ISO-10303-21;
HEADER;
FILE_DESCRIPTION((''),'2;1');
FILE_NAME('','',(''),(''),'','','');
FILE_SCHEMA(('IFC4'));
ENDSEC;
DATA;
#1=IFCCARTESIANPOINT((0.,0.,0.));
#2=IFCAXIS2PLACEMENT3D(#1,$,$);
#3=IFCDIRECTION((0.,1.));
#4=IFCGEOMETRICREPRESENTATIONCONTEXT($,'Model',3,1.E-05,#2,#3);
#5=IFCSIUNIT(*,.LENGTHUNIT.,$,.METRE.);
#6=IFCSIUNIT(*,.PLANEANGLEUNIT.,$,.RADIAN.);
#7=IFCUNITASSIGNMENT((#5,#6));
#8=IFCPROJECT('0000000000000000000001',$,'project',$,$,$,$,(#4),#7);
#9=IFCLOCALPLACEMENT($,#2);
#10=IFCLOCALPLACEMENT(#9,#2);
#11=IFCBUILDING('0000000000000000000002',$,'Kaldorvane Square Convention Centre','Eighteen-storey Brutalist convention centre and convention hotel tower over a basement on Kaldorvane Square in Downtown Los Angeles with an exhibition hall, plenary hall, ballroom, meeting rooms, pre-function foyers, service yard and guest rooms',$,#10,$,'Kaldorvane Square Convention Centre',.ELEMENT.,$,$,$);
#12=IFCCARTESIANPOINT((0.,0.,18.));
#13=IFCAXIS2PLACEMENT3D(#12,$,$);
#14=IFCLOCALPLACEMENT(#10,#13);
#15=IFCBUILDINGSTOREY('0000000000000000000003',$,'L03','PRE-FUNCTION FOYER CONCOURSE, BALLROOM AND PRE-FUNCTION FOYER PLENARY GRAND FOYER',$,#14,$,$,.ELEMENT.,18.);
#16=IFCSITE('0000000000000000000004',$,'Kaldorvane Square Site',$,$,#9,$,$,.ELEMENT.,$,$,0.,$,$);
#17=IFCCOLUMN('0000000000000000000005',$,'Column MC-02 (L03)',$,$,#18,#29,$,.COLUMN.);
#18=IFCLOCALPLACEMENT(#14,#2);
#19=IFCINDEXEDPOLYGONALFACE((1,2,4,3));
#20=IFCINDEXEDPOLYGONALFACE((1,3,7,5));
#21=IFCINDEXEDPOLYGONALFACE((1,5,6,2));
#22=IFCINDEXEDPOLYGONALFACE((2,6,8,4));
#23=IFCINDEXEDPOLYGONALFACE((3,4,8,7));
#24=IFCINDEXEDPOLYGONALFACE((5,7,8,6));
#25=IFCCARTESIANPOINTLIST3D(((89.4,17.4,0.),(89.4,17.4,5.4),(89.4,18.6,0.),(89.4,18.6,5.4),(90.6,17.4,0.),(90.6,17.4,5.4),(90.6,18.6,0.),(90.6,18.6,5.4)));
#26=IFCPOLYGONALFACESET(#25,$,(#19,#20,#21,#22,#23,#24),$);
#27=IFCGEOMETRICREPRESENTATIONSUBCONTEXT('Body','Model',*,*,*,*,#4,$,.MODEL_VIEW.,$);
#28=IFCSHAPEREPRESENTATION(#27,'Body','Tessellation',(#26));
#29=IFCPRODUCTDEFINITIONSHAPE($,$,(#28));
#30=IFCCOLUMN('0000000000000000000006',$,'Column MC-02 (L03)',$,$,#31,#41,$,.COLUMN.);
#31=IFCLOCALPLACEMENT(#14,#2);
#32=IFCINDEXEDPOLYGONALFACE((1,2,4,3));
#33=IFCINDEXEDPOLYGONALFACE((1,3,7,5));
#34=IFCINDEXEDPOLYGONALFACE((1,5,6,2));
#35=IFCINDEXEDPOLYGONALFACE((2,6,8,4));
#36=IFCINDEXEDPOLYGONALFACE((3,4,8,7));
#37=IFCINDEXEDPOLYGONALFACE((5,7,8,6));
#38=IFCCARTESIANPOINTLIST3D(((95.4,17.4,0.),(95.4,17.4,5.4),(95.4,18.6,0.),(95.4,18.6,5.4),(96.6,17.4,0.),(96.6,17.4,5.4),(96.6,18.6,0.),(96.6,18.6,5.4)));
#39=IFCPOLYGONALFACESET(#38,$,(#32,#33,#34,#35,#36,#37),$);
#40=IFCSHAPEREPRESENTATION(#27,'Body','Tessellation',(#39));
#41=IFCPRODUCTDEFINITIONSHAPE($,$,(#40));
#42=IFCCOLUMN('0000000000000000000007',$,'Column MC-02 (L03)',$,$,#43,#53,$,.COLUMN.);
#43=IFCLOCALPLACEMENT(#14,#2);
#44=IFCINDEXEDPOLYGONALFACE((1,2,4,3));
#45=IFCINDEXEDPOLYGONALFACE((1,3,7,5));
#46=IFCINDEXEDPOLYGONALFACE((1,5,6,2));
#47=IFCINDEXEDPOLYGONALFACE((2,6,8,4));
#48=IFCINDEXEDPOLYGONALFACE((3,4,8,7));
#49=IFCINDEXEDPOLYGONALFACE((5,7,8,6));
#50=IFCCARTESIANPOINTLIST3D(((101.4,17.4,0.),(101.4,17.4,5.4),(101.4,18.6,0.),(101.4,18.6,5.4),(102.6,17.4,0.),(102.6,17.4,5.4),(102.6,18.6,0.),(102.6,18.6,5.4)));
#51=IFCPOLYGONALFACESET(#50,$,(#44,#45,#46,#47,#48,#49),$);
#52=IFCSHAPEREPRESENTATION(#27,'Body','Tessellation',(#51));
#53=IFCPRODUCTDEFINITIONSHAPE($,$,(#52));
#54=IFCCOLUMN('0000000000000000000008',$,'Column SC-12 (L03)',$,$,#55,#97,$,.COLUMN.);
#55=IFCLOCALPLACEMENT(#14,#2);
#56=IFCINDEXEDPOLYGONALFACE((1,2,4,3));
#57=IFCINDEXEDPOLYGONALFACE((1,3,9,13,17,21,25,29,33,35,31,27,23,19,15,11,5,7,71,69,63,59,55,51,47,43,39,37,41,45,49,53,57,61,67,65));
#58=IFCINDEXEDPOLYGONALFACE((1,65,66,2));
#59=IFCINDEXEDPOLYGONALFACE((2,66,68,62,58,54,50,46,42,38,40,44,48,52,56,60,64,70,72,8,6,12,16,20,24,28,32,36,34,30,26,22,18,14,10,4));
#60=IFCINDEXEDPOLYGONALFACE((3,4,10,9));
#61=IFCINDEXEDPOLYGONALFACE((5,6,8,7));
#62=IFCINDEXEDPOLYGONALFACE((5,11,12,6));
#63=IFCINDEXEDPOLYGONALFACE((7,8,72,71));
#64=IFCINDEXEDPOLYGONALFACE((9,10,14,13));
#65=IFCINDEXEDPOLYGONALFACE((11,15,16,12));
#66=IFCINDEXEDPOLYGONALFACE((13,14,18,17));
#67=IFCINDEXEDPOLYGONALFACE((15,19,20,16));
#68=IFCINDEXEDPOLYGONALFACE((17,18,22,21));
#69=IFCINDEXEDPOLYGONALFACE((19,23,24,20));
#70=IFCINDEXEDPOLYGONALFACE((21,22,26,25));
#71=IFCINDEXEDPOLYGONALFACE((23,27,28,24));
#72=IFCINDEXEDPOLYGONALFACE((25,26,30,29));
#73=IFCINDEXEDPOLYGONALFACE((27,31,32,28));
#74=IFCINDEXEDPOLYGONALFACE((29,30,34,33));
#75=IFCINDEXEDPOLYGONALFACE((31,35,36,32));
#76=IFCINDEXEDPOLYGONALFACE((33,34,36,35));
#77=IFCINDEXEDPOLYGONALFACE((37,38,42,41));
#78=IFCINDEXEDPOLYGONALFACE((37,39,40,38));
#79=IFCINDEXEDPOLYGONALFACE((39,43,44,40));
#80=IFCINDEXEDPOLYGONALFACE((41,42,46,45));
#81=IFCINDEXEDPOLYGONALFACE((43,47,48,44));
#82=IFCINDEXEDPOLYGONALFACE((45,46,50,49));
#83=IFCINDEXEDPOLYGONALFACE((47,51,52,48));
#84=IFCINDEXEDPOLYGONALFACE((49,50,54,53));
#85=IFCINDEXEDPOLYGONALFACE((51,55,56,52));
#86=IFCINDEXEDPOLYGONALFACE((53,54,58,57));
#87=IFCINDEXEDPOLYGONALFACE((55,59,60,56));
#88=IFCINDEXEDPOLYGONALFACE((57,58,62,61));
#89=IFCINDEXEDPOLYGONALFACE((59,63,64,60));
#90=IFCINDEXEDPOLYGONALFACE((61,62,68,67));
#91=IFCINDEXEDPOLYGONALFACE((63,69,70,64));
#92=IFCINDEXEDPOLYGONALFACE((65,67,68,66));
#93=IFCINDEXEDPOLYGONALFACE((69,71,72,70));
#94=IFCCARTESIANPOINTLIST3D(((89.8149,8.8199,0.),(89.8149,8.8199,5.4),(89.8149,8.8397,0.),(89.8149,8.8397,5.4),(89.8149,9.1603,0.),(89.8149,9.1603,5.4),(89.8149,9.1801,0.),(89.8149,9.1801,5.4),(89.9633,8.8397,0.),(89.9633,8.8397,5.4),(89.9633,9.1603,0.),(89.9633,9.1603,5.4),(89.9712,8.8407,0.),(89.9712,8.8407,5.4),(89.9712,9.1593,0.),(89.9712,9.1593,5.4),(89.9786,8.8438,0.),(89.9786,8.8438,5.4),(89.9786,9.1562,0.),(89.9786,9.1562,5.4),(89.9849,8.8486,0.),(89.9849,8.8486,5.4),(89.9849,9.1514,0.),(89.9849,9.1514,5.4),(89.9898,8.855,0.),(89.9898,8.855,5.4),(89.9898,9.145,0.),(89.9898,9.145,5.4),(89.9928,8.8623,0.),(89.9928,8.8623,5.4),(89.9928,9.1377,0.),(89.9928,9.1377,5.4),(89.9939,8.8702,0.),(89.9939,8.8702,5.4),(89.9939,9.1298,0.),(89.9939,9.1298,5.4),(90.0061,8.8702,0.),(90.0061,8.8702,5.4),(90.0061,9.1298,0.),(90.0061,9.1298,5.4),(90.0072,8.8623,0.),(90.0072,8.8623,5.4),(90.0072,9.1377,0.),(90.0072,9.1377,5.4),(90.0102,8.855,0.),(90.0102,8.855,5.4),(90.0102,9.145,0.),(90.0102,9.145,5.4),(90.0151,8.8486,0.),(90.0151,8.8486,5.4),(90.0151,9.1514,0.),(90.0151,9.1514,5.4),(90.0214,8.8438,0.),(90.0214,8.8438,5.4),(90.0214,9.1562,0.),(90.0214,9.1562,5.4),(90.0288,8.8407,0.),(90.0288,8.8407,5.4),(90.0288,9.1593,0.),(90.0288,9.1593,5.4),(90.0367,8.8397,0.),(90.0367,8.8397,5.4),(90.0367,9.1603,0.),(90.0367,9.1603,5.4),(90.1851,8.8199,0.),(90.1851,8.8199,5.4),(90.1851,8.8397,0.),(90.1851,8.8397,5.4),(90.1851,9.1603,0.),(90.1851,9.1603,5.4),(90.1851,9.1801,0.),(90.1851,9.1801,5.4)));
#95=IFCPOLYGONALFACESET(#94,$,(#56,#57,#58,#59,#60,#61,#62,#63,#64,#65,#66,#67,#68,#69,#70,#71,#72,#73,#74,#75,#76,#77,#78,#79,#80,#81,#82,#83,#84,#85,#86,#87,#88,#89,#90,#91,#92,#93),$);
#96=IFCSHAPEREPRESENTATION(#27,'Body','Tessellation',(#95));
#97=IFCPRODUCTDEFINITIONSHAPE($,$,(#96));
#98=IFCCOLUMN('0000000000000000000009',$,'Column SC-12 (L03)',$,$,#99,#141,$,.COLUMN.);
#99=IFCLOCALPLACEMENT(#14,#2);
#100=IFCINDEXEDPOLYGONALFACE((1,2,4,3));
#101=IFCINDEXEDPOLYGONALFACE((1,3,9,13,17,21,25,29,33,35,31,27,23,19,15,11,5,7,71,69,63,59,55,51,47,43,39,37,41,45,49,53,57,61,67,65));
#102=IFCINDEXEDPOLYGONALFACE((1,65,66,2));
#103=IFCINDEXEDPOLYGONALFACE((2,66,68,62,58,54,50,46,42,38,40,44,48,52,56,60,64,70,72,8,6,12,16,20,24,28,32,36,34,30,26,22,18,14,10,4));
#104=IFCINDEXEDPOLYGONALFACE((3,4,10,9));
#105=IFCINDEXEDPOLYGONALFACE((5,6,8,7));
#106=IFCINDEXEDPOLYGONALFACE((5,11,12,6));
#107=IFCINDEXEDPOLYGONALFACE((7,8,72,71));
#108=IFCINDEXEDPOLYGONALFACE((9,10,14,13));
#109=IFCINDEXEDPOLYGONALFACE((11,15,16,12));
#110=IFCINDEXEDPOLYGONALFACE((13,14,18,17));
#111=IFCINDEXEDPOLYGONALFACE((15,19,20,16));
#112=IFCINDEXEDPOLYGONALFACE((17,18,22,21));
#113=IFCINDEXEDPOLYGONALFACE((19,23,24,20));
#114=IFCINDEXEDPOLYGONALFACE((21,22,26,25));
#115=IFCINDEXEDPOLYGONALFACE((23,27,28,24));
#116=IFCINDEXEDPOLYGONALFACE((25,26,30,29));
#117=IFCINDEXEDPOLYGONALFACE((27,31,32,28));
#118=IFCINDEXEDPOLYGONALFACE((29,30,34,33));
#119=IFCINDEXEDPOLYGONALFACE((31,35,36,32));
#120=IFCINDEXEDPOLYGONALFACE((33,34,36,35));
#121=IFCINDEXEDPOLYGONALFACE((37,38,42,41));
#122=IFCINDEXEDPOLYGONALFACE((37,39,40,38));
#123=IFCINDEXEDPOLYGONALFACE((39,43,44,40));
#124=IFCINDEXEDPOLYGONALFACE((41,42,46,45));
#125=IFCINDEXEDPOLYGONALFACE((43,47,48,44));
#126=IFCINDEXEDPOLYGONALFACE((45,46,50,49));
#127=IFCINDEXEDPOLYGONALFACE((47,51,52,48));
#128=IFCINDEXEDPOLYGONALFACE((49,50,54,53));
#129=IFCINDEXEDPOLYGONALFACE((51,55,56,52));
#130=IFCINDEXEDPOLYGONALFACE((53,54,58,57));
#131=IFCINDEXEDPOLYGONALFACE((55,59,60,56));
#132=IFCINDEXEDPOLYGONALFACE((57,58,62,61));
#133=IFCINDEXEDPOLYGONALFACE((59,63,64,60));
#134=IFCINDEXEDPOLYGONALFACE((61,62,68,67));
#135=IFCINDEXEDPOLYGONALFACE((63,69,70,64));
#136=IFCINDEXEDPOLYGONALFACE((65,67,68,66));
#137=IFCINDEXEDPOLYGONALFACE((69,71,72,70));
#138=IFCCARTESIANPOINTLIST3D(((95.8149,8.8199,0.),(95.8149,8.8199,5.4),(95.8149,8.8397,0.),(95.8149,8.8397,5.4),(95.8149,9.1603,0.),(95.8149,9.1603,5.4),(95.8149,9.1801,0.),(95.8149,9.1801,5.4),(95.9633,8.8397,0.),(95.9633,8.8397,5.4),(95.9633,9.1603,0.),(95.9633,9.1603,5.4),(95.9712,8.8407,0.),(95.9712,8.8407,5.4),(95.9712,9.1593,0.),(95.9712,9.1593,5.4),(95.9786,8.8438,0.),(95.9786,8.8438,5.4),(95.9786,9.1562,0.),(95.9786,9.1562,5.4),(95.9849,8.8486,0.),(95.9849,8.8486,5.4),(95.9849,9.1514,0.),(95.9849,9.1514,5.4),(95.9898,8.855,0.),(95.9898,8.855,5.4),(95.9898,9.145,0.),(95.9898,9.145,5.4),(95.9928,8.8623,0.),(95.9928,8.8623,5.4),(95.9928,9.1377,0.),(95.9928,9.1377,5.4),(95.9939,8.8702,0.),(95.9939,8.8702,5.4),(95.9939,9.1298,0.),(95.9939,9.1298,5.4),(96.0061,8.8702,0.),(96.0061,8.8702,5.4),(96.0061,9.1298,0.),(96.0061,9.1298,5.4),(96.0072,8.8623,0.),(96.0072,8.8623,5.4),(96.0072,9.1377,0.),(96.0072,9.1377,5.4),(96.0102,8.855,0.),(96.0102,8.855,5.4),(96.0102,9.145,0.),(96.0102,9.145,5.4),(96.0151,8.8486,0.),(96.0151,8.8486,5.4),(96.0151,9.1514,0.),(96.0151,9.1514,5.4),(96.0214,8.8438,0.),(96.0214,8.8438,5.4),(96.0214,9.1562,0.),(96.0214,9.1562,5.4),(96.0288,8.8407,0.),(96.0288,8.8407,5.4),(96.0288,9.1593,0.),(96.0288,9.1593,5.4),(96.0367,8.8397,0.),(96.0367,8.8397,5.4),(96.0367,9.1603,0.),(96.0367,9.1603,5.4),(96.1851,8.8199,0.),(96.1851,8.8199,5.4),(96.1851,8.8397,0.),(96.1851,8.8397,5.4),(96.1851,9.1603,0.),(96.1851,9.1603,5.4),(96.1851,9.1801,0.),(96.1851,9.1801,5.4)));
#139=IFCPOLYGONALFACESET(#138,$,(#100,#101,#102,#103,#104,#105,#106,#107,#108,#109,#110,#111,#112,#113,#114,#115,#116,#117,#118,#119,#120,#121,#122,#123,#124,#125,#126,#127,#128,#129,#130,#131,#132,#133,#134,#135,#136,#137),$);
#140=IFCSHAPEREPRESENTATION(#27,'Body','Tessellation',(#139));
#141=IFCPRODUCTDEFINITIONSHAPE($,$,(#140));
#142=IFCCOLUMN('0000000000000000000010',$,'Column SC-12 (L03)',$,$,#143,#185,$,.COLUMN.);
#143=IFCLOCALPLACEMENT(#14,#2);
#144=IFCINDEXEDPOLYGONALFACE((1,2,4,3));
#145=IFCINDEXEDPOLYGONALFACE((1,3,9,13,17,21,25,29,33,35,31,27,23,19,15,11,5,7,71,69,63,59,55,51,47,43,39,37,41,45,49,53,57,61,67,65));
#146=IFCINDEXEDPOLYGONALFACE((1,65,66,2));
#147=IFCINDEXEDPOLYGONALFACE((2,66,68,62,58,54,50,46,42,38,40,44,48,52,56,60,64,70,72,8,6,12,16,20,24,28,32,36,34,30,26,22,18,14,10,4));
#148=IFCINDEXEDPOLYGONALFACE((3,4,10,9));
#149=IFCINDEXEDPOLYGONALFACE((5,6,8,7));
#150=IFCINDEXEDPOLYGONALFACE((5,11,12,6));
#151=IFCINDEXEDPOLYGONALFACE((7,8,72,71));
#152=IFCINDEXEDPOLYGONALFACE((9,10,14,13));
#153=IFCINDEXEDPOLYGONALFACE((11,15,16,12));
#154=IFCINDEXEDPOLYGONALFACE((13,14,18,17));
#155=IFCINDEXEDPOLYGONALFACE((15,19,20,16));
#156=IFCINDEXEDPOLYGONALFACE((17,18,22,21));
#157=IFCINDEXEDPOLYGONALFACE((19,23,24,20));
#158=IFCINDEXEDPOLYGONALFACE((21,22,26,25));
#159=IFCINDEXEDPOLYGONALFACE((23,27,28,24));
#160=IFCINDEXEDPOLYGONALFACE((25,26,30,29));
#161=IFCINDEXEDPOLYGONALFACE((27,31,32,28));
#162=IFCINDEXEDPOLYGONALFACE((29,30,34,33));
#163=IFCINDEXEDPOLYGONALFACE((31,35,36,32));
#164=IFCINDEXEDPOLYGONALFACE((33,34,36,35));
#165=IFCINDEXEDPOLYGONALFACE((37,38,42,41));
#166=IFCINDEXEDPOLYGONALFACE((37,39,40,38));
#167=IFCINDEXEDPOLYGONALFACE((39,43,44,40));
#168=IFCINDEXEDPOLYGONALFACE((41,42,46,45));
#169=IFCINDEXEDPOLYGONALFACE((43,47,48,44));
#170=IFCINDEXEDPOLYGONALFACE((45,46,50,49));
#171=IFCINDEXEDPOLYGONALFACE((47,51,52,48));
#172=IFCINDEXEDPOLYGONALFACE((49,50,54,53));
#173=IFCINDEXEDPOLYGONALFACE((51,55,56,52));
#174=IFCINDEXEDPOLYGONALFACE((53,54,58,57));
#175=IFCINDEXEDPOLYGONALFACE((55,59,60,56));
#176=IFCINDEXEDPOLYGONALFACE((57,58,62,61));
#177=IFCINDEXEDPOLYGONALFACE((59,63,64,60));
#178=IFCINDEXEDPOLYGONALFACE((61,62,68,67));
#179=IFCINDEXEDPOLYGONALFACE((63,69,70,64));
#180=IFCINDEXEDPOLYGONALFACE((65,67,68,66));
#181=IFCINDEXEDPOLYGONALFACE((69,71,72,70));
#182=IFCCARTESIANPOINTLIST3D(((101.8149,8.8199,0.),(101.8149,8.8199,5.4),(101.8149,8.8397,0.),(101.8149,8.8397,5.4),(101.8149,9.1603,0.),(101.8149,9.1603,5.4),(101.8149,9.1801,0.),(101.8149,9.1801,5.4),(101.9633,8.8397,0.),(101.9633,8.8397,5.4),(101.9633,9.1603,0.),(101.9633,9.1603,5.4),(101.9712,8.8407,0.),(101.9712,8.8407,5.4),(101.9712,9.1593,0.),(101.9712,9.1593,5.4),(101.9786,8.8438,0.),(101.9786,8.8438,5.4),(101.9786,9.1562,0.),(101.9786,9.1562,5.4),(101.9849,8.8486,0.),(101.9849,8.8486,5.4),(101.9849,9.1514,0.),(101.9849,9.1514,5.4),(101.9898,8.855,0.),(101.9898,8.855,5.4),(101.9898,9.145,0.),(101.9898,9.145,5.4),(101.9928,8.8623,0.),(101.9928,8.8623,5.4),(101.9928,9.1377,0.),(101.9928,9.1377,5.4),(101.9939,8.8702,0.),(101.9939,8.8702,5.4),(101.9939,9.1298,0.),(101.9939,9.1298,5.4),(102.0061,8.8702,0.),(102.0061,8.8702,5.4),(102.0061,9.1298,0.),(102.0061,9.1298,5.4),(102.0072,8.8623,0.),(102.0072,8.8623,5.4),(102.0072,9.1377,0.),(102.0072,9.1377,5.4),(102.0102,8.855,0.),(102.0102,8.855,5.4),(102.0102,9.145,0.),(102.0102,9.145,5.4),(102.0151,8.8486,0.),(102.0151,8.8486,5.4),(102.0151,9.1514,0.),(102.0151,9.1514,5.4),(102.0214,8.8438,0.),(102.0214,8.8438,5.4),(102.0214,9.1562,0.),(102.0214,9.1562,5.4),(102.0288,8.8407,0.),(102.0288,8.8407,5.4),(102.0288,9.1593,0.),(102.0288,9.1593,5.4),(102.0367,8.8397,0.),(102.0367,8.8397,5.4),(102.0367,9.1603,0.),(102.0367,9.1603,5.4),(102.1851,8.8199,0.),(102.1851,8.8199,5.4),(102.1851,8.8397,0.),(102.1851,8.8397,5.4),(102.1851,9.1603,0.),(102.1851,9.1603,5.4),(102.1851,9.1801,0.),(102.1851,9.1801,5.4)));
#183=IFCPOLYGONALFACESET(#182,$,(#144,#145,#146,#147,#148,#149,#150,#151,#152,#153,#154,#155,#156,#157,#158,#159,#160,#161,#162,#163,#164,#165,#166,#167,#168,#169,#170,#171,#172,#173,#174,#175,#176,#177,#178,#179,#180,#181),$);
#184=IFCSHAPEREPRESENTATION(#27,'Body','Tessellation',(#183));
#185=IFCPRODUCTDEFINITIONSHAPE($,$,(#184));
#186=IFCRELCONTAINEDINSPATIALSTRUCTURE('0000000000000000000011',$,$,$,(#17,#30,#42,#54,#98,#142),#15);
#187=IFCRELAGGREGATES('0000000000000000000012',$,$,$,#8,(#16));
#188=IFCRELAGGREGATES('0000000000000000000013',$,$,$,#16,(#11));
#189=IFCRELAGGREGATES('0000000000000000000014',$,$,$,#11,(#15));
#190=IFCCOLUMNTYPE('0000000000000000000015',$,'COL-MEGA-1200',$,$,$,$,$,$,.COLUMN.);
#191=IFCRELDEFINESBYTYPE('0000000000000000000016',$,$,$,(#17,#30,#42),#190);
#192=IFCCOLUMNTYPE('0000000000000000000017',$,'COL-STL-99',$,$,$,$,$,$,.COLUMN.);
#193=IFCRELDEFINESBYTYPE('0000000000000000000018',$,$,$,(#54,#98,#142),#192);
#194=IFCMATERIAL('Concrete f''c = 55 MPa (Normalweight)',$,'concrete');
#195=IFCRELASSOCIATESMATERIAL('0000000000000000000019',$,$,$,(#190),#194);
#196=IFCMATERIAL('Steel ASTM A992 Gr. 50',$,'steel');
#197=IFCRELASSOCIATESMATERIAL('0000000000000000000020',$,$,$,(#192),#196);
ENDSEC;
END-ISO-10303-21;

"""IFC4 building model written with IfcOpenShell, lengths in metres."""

from ifc_helpers import new_model, si_unit, direction, frame, origin, origin_2d, place, context, subcontext, project, spatial, rectangle, i_section, extrude, material, material_profile, profile_set, type_object, element, save


model = new_model("IFC4")

# Units and contexts
model_context = context("Model", 3, precision=1e-05, world=origin(), true_north=direction((0.0, 1.0)))
body_context = subcontext(model_context, "Body", "Model", "MODEL_VIEW")
ifc_project = project(units=[si_unit("LENGTHUNIT", "METRE"), si_unit("PLANEANGLEUNIT", "RADIAN")], contexts=[model_context])

# Site, building, storey
site_placement = place(None, origin())
site = spatial("IfcSite", under=ifc_project, at=site_placement, Name="Kaldorvane Square Site", CompositionType="ELEMENT", RefElevation=0.0)
building_placement = place(site_placement, origin())
building = spatial("IfcBuilding", under=site, at=building_placement, Name="Kaldorvane Square Convention Centre", Description="Eighteen-storey Brutalist convention centre and convention hotel tower over a basement on Kaldorvane Square in Downtown Los Angeles with an exhibition hall, plenary hall, ballroom, meeting rooms, pre-function foyers, service yard and guest rooms", LongName="Kaldorvane Square Convention Centre", CompositionType="ELEMENT")
storey_placement = place(building_placement, frame((0.0, 0.0, 18.0)))
storey = spatial("IfcBuildingStorey", under=building, at=storey_placement, Name="L03", Description="PRE-FUNCTION FOYER CONCOURSE, BALLROOM AND PRE-FUNCTION FOYER PLENARY GRAND FOYER", CompositionType="ELEMENT", Elevation=18.0)

# Columns
ifc_material_1 = material(Name="Concrete f'c = 55 MPa (Normalweight)", Category="concrete")
ifc_material_profile_1 = material_profile(ifc_material_1, rectangle(XDim=1.2, YDim=1.2, at=origin_2d()), Name="RC1200X1200")
ifc_profile_set_1 = profile_set([ifc_material_profile_1], Name="Concrete f'c = 55 MPa (Normalweight)")
column_type_1 = type_object("IfcColumnType", Name="COL-MEGA-1200", PredefinedType="COLUMN", material=ifc_profile_set_1)
for number, where, z_axis, x_axis, name in (
    (1, (90.0, 18.0, 0.0), (0.0, 0.0, 1.0), (1.0, 0.0, 0.0), "Column MC-02 (L03)"),
    (2, (96.0, 18.0, 0.0), (0.0, 0.0, 1.0), (1.0, 0.0, 0.0), "Column MC-02 (L03)"),
    (3, (102.0, 18.0, 0.0), (0.0, 0.0, 1.0), (1.0, 0.0, 0.0), "Column MC-02 (L03)"),
):
    element("IfcColumn", number, at=place(storey_placement, frame(where, z_axis=z_axis, x_axis=x_axis)), inside=storey, type_object=column_type_1, Name=name, PredefinedType="COLUMN", context=body_context, shape_type="SweptSolid", body=[
        extrude(rectangle(XDim=1.2, YDim=1.2, at=origin_2d()), origin(), (0.0, 0.0, 1.0), 5.4),
    ])
ifc_material_2 = material(Name="Steel ASTM A992 Gr. 50", Category="steel")
ifc_material_profile_2 = material_profile(ifc_material_2, i_section(OverallWidth=0.3701, OverallDepth=0.3602, WebThickness=0.0123, FlangeThickness=0.0198, FilletRadius=0.0305, at=origin_2d()), Name="W14X99")
ifc_profile_set_2 = profile_set([ifc_material_profile_2], Name="Steel ASTM A992 Gr. 50")
column_type_2 = type_object("IfcColumnType", Name="COL-STL-99", PredefinedType="COLUMN", material=ifc_profile_set_2)
for number, where, z_axis, x_axis, name in (
    (4, (90.0, 9.0, 0.0), (0.0, 0.0, 1.0), (1.0, 0.0, 0.0), "Column SC-12 (L03)"),
    (5, (96.0, 9.0, 0.0), (0.0, 0.0, 1.0), (1.0, 0.0, 0.0), "Column SC-12 (L03)"),
    (6, (102.0, 9.0, 0.0), (0.0, 0.0, 1.0), (1.0, 0.0, 0.0), "Column SC-12 (L03)"),
):
    element("IfcColumn", number, at=place(storey_placement, frame(where, z_axis=z_axis, x_axis=x_axis)), inside=storey, type_object=column_type_2, Name=name, PredefinedType="COLUMN", context=body_context, shape_type="SweptSolid", body=[
        extrude(i_section(OverallWidth=0.3701, OverallDepth=0.3602, WebThickness=0.0123, FlangeThickness=0.0198, FilletRadius=0.0305, at=origin_2d()), origin(), (0.0, 0.0, 1.0), 5.4),
    ])

save(model, "model.ifc")
